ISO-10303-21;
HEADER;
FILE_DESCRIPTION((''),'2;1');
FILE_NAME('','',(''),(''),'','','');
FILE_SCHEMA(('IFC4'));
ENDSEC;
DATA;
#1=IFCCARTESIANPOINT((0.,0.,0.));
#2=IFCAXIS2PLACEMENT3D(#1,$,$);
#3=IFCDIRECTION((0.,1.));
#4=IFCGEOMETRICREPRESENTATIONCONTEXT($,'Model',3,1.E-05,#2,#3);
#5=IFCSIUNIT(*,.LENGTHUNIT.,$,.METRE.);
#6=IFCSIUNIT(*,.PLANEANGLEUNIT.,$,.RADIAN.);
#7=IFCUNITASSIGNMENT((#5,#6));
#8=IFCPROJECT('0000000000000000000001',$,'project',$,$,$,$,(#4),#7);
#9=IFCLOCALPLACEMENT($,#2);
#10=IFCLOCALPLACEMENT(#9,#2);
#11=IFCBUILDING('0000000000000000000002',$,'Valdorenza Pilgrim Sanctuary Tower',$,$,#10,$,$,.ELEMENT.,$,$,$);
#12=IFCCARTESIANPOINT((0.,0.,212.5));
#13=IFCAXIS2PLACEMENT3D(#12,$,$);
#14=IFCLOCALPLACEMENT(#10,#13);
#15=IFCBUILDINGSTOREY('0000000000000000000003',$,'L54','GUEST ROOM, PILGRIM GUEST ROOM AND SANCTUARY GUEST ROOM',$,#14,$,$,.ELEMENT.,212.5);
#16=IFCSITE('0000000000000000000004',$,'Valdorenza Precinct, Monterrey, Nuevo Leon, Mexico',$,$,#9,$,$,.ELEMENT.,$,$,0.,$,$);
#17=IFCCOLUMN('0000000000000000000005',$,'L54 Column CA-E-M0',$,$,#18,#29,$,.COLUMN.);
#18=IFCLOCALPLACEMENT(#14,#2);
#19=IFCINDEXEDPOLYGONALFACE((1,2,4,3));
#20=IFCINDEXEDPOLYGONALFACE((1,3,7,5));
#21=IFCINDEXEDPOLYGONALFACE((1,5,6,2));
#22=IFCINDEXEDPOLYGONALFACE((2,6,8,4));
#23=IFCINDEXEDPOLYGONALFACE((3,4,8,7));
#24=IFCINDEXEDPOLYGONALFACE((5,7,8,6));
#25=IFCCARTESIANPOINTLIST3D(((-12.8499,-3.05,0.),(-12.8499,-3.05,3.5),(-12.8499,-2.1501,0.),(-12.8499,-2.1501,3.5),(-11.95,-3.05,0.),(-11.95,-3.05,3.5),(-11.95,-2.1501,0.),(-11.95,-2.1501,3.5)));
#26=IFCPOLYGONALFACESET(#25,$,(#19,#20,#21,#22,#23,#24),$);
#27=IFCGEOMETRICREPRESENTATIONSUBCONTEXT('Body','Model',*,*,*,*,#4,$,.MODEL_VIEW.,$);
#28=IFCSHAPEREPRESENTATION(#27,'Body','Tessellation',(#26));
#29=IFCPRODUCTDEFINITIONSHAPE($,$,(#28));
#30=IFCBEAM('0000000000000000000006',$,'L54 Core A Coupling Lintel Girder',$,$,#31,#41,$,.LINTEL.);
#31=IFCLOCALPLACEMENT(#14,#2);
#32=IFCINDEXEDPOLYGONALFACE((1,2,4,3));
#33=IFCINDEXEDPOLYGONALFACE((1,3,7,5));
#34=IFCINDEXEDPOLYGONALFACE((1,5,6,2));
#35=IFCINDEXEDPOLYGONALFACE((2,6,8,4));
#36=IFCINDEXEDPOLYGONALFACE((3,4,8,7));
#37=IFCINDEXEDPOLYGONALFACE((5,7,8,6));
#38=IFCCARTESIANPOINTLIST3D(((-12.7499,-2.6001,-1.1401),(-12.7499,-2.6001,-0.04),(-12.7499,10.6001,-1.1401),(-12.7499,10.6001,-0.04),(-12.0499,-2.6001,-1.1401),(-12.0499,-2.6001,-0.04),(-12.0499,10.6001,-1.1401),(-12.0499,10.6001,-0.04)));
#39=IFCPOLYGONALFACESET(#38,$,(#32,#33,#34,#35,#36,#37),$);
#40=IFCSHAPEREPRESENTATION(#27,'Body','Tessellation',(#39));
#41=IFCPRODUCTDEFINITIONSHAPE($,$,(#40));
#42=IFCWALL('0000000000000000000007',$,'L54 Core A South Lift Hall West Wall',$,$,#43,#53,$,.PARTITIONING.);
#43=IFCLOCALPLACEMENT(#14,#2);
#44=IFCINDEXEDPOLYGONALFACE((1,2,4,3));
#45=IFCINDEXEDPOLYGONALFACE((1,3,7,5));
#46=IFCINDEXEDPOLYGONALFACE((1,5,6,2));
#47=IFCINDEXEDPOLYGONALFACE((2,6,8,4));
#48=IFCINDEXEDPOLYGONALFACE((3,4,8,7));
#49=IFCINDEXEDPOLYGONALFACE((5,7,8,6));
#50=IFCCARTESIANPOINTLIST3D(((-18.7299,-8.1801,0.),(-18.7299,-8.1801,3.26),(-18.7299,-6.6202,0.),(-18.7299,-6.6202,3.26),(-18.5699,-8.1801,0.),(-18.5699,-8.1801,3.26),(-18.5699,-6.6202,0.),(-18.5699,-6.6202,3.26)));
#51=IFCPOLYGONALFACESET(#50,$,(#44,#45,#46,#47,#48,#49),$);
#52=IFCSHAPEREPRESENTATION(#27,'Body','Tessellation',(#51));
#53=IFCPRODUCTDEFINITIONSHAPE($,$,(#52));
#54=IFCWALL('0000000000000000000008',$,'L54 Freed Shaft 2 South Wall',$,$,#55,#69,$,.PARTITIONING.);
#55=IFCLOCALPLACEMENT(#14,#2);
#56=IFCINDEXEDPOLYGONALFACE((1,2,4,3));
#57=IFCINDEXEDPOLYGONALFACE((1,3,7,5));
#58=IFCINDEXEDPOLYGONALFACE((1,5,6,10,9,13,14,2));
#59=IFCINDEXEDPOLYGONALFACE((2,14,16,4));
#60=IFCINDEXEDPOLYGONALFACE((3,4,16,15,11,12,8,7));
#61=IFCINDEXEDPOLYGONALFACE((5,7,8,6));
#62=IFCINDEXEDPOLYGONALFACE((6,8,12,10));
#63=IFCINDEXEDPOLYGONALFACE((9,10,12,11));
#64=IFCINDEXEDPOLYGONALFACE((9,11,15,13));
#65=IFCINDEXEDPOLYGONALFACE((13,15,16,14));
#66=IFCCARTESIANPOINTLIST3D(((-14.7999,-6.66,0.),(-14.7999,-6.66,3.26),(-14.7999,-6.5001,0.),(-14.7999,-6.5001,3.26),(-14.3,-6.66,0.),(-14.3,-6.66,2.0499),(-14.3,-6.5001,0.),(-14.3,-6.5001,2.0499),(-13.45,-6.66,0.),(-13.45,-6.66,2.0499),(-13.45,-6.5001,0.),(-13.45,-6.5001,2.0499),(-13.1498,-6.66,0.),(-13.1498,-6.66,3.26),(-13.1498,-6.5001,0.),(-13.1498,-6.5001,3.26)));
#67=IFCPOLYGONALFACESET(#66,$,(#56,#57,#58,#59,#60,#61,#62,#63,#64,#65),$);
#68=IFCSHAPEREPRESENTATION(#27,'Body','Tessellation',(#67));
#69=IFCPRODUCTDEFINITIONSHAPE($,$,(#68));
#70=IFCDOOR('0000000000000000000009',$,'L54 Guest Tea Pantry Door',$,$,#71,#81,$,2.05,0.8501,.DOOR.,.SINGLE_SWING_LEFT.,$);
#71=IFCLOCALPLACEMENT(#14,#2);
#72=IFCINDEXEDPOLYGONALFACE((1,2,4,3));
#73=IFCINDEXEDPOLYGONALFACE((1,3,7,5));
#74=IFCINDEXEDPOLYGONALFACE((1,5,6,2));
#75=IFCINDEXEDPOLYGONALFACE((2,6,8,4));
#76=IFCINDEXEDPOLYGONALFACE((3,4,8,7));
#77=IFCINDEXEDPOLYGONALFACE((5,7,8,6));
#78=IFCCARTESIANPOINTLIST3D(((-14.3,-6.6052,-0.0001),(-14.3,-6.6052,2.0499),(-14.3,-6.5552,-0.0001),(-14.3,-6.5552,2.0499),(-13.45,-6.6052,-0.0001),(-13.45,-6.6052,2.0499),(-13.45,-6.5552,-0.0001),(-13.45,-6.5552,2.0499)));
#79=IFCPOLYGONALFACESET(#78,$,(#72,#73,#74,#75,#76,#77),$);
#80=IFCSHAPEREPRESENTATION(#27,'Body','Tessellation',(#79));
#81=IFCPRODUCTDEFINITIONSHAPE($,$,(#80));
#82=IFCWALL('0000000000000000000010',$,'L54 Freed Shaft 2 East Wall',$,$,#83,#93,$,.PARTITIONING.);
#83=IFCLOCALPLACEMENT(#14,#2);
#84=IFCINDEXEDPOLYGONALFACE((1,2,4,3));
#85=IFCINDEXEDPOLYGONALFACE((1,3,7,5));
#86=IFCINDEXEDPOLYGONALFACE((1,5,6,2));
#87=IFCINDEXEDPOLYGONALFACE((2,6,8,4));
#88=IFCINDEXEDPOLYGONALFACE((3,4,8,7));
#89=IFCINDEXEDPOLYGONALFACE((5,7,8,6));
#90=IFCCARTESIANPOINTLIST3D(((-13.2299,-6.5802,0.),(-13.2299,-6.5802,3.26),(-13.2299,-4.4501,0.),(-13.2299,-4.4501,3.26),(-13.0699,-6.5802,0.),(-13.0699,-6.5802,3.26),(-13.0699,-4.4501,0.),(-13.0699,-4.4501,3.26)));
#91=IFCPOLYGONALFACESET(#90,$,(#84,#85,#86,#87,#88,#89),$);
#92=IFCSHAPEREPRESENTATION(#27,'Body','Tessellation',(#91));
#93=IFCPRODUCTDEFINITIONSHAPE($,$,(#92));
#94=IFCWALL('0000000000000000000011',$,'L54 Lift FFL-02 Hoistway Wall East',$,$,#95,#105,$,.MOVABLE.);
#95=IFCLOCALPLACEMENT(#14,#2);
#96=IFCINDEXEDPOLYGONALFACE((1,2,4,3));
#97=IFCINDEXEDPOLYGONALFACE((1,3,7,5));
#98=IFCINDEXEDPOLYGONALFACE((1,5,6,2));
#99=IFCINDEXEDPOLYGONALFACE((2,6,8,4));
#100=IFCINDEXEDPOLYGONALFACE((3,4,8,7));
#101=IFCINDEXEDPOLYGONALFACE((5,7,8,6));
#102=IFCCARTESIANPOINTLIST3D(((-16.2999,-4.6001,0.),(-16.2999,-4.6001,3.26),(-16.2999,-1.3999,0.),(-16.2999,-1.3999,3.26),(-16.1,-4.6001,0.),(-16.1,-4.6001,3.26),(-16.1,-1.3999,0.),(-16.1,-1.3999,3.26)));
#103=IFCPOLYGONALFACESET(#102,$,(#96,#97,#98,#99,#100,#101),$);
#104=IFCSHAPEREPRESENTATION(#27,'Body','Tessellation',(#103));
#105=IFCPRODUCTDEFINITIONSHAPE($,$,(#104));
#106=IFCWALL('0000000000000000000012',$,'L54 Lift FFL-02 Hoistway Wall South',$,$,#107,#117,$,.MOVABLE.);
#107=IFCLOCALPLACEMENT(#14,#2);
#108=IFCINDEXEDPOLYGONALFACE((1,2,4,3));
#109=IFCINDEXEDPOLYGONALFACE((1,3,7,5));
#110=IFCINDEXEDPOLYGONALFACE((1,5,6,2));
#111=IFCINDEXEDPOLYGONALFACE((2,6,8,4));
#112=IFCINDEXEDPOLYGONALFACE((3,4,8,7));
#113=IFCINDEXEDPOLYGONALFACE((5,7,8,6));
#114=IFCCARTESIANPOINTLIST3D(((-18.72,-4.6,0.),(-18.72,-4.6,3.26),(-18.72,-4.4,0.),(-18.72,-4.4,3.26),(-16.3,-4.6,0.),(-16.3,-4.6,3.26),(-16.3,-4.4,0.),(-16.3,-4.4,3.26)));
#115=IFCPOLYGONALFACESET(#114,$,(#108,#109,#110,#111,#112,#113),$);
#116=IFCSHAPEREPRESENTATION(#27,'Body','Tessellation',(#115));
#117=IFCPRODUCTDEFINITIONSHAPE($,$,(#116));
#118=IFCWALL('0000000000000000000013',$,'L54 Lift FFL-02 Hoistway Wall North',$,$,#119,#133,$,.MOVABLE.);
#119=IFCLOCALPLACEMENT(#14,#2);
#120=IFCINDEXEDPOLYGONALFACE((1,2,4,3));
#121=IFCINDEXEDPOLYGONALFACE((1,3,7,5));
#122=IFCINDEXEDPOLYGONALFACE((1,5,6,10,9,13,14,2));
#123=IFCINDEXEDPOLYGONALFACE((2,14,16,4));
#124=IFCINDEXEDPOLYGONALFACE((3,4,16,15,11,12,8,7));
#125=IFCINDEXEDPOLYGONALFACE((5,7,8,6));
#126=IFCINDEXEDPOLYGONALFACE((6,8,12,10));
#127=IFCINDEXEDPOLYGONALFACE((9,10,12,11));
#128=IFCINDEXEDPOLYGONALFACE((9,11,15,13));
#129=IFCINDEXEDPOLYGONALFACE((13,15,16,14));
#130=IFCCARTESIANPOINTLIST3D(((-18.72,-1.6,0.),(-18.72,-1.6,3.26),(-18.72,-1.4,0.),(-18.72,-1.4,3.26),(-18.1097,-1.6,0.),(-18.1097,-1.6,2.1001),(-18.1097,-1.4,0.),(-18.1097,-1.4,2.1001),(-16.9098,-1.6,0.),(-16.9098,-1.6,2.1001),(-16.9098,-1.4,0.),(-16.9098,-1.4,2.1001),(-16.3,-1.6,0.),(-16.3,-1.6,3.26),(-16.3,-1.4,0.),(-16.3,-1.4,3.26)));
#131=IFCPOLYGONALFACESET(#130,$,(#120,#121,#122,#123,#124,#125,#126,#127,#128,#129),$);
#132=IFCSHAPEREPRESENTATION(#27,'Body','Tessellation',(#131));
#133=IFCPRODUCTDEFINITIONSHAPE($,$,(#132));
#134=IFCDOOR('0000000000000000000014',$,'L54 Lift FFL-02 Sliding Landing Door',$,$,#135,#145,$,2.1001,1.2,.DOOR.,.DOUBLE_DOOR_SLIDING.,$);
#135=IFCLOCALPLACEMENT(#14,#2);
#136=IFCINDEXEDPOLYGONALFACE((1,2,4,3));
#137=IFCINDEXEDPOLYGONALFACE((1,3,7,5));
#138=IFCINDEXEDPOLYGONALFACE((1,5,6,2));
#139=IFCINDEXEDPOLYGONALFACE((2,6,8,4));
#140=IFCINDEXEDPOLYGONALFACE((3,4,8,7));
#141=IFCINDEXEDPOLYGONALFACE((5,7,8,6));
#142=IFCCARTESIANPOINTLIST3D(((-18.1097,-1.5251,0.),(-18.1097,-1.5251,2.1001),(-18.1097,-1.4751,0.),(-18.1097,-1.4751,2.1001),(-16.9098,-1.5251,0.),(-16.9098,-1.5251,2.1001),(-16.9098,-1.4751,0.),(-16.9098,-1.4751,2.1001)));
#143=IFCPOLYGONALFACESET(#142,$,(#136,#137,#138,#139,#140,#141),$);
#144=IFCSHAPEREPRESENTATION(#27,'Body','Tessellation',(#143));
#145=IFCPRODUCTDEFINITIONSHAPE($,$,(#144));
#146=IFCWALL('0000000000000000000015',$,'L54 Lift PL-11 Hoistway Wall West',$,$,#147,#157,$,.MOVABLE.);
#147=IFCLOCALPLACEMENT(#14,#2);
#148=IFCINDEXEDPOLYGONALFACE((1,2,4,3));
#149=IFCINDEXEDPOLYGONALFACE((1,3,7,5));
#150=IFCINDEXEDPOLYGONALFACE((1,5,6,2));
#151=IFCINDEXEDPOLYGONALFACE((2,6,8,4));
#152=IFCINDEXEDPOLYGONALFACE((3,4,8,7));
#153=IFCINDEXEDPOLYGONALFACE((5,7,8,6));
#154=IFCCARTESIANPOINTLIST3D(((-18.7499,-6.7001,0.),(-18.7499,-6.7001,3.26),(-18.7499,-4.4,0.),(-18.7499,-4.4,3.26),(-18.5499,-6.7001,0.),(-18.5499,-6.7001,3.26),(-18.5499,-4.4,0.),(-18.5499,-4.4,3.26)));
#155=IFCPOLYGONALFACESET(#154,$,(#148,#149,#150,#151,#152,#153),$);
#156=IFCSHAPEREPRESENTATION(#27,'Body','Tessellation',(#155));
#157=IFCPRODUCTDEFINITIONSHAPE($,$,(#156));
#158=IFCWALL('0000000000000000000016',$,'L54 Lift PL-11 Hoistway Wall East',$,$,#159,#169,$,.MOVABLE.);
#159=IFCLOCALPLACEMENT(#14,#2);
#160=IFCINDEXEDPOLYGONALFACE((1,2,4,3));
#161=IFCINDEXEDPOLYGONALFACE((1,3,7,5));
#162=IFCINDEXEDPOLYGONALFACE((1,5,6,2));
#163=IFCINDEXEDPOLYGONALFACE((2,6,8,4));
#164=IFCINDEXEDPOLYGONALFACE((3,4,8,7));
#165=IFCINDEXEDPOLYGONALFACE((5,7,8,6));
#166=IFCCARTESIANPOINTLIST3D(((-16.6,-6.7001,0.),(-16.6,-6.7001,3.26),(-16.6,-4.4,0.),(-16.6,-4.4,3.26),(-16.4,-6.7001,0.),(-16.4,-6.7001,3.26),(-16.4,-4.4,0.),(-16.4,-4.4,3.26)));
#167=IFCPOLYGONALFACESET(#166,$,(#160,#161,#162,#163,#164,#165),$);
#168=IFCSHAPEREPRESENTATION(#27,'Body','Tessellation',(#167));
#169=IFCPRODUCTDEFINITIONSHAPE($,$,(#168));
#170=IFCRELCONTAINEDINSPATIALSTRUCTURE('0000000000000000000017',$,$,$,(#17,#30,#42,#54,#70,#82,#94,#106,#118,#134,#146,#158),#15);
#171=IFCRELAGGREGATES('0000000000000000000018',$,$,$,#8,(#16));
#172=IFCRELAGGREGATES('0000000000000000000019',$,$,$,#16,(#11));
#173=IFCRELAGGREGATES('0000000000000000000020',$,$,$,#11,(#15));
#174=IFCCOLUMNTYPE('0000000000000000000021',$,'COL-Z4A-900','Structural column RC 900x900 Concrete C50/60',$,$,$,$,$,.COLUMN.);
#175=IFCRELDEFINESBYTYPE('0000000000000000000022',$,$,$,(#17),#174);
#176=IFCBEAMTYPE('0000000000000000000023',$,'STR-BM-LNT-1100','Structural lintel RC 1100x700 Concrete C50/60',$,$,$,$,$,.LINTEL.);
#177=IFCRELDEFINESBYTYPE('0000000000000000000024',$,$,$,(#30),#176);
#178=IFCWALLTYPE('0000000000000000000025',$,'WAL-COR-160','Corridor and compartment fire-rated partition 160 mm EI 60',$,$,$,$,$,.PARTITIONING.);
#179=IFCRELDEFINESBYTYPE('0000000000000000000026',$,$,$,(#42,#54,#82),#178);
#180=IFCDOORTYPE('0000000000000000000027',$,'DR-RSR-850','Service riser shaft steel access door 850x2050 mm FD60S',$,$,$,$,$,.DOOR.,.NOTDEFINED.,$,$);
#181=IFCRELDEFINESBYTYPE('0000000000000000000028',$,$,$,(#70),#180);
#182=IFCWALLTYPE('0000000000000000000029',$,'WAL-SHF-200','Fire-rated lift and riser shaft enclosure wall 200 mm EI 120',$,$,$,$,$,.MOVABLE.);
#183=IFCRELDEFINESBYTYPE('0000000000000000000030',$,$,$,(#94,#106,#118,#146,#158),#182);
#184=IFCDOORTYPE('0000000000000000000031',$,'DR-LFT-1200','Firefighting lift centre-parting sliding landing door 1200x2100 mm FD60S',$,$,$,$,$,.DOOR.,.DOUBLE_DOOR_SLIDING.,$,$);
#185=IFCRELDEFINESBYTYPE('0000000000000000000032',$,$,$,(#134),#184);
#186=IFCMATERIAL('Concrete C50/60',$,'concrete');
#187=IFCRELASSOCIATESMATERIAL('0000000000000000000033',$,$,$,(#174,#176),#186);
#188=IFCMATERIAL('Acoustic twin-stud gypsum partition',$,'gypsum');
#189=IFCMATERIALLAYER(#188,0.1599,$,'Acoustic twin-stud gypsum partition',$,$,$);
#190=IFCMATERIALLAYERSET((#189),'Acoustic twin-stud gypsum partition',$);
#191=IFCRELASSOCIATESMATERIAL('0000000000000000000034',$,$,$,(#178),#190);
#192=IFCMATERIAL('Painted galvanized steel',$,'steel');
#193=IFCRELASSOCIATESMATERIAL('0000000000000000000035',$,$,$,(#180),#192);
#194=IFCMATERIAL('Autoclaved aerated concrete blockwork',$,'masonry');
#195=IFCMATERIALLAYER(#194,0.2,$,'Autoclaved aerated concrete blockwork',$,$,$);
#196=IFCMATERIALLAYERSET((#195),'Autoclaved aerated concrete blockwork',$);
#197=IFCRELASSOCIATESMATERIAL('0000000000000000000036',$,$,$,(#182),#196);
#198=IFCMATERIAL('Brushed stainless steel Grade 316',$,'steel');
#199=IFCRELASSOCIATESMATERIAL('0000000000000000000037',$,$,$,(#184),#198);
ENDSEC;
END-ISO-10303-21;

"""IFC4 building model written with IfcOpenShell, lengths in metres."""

from ifc_helpers import new_model, si_unit, direction, frame, frame_2d, origin, origin_2d, place, context, subcontext, project, spatial, rectangle, extrude, source, transform, mapped, material, layer, layer_set, material_profile, profile_set, type_object, element, fill, save


model = new_model("IFC4")

# Units and contexts
model_context = context("Model", 3, precision=1e-05, world=origin(), true_north=direction((0.0, 1.0)))
body_context = subcontext(model_context, "Body", "Model", "MODEL_VIEW")
ifc_project = project(units=[si_unit("LENGTHUNIT", "METRE"), si_unit("PLANEANGLEUNIT", "RADIAN")], contexts=[model_context])

# Site, building, storey
site_placement = place(None, origin())
site = spatial("IfcSite", under=ifc_project, at=site_placement, Name="Valdorenza Precinct, Monterrey, Nuevo Leon, Mexico", CompositionType="ELEMENT", RefElevation=0.0)
building_placement = place(site_placement, origin())
building = spatial("IfcBuilding", under=site, at=building_placement, Name="Valdorenza Pilgrim Sanctuary Tower", CompositionType="ELEMENT")
storey_placement = place(building_placement, frame((0.0, 0.0, 212.5)))
storey = spatial("IfcBuildingStorey", under=building, at=storey_placement, Name="L54", Description="GUEST ROOM, PILGRIM GUEST ROOM AND SANCTUARY GUEST ROOM", CompositionType="ELEMENT", Elevation=212.5)

# Column
ifc_material_1 = material(Name="Concrete C50/60", Category="concrete")
ifc_material_profile_1 = material_profile(ifc_material_1, rectangle(XDim=0.8999, YDim=0.8999, at=origin_2d()), Name="RC 900x900")
ifc_profile_set_1 = profile_set([ifc_material_profile_1], Name="Concrete C50/60")
column_type = type_object("IfcColumnType", Name="COL-Z4A-900", Description="Structural column RC 900x900 Concrete C50/60", PredefinedType="COLUMN", material=ifc_profile_set_1)
shared_shape_1 = source(origin(), body_context, "Body", "SweptSolid", [
    extrude(rectangle(XDim=0.8999, YDim=0.8999, at=origin_2d()), origin(), (0.0, 0.0, 1.0), 3.5),
])
column_placement = place(storey_placement, frame((-12.3999, -2.6001, 0.0), z_axis=(0.0, 0.0, 1.0), x_axis=(1.0, 0.0, 0.0)))
element("IfcColumn", 1, at=column_placement, inside=storey, type_object=column_type, Name="L54 Column CA-E-M0", PredefinedType="COLUMN", context=body_context, shape_type="MappedRepresentation", body=[
    mapped(shared_shape_1, transform((0.0, 0.0, 0.0), x_axis=(1.0, 0.0, 0.0), y_axis=(0.0, 1.0, 0.0), z_axis=(0.0, 0.0, 1.0), scale=1.0)),
])

# Beam
ifc_material_profile_2 = material_profile(ifc_material_1, rectangle(XDim=0.7, YDim=1.1001, at=origin_2d()), Name="RC 1100x700")
ifc_profile_set_2 = profile_set([ifc_material_profile_2], Name="Concrete C50/60")
beam_type = type_object("IfcBeamType", Name="STR-BM-LNT-1100", Description="Structural lintel RC 1100x700 Concrete C50/60", PredefinedType="LINTEL", material=ifc_profile_set_2)
shared_shape_2 = source(origin(), body_context, "Body", "SweptSolid", [
    extrude(rectangle(XDim=0.7, YDim=1.1001, at=origin_2d()), origin(), (0.0, 0.0, 1.0), 13.2002),
])
beam_placement = place(storey_placement, frame((-12.3999, -2.6001, -0.5901), z_axis=(0.0, 1.0, 0.0), x_axis=(-1.0, 0.0, 0.0)))
element("IfcBeam", 2, at=beam_placement, inside=storey, type_object=beam_type, Name="L54 Core A Coupling Lintel Girder", PredefinedType="LINTEL", context=body_context, shape_type="MappedRepresentation", body=[
    mapped(shared_shape_2, transform((0.0, 0.0, 0.0), x_axis=(1.0, 0.0, 0.0), y_axis=(0.0, 1.0, 0.0), z_axis=(0.0, 0.0, 1.0), scale=1.0)),
])

# Wall
ifc_material_2 = material(Name="Acoustic twin-stud gypsum partition", Category="gypsum")
ifc_layer_1 = layer(ifc_material_2, 0.1599, Name="Acoustic twin-stud gypsum partition")
ifc_layer_set_1 = layer_set([ifc_layer_1], Name="Acoustic twin-stud gypsum partition")
wall_type_1 = type_object("IfcWallType", Name="WAL-COR-160", Description="Corridor and compartment fire-rated partition 160 mm EI 60", PredefinedType="PARTITIONING", material=ifc_layer_set_1)
wall_1_placement = place(storey_placement, frame((-18.6499, -8.1799, 0.0), z_axis=(0.0, 0.0, 1.0), x_axis=(0.0, 1.0, 0.0)))
element("IfcWall", 3, at=wall_1_placement, inside=storey, type_object=wall_type_1, Name="L54 Core A South Lift Hall West Wall", PredefinedType="PARTITIONING", context=body_context, shape_type="SweptSolid", body=[
    extrude(rectangle(XDim=1.5598, YDim=0.1599, at=frame_2d((0.7798, 0.0))), origin(), (0.0, 0.0, 1.0), 3.26),
])

# Wall, opening, door
wall_2_placement = place(storey_placement, frame((-14.8, -6.5801, 0.0), z_axis=(0.0, 0.0, 1.0), x_axis=(1.0, 0.0, 0.0)))
wall_2 = element("IfcWall", 4, at=wall_2_placement, inside=storey, type_object=wall_type_1, Name="L54 Freed Shaft 2 South Wall", PredefinedType="PARTITIONING", context=body_context, shape_type="SweptSolid", body=[
    extrude(rectangle(XDim=1.6501, YDim=0.1599, at=frame_2d((0.8252, 0.0))), origin(), (0.0, 0.0, 1.0), 3.26),
])
opening_1_placement = place(wall_2_placement, frame((0.5, 0.0, 0.0)))
opening_1 = element("IfcOpeningElement", 5, at=opening_1_placement, cuts=wall_2, PredefinedType="OPENING", context=body_context, shape_type="SweptSolid", body=[
    extrude(rectangle(XDim=0.8501, YDim=2.05, at=frame_2d((0.425, 1.0249))), frame((0.0, 0.0947, 0.0), z_axis=(0.0, -1.0, 0.0), x_axis=(1.0, 0.0, 0.0)), (0.0, 0.0, 1.0), 0.1897),
])
ifc_material_3 = material(Name="Painted galvanized steel", Category="steel")
door_type_1 = type_object("IfcDoorType", Name="DR-RSR-850", Description="Service riser shaft steel access door 850x2050 mm FD60S", OperationType="NOTDEFINED", PredefinedType="DOOR", material=ifc_material_3)
door_1_placement = place(opening_1_placement, origin())
door_1 = element("IfcDoor", 6, at=door_1_placement, inside=storey, type_object=door_type_1, Name="L54 Guest Tea Pantry Door", OperationType="SINGLE_SWING_LEFT", OverallHeight=2.05, OverallWidth=0.8501, PredefinedType="DOOR", context=body_context, shape_type="SweptSolid", body=[
    extrude(rectangle(XDim=0.8501, YDim=2.05, at=frame_2d((0.425, 1.0249))), frame((0.0, 0.0249, 0.0), z_axis=(0.0, -1.0, 0.0), x_axis=(1.0, 0.0, 0.0)), (0.0, 0.0, 1.0), 0.05),
])
fill(opening_1, door_1)

# Wall
wall_3_placement = place(storey_placement, frame((-13.1499, -6.5801, 0.0), z_axis=(0.0, 0.0, 1.0), x_axis=(0.0, 1.0, 0.0)))
element("IfcWall", 7, at=wall_3_placement, inside=storey, type_object=wall_type_1, Name="L54 Freed Shaft 2 East Wall", PredefinedType="PARTITIONING", context=body_context, shape_type="SweptSolid", body=[
    extrude(rectangle(XDim=2.1301, YDim=0.1599, at=frame_2d((1.0649, 0.0))), origin(), (0.0, 0.0, 1.0), 3.26),
])

# Walls
ifc_material_4 = material(Name="Autoclaved aerated concrete blockwork", Category="masonry")
ifc_layer_2 = layer(ifc_material_4, 0.2, Name="Autoclaved aerated concrete blockwork")
ifc_layer_set_2 = layer_set([ifc_layer_2], Name="Autoclaved aerated concrete blockwork")
wall_type_2 = type_object("IfcWallType", Name="WAL-SHF-200", Description="Fire-rated lift and riser shaft enclosure wall 200 mm EI 120", PredefinedType="MOVABLE", material=ifc_layer_set_2)
wall_4_placement = place(storey_placement, frame((-16.2, -4.6001, 0.0), z_axis=(0.0, 0.0, 1.0), x_axis=(0.0, 1.0, 0.0)))
element("IfcWall", 8, at=wall_4_placement, inside=storey, type_object=wall_type_2, Name="L54 Lift FFL-02 Hoistway Wall East", PredefinedType="MOVABLE", context=body_context, shape_type="SweptSolid", body=[
    extrude(rectangle(XDim=3.2002, YDim=0.2, at=frame_2d((1.6001, 0.0))), origin(), (0.0, 0.0, 1.0), 3.26),
])
wall_5_placement = place(storey_placement, frame((-18.72, -4.5, 0.0), z_axis=(0.0, 0.0, 1.0), x_axis=(1.0, 0.0, 0.0)))
element("IfcWall", 9, at=wall_5_placement, inside=storey, type_object=wall_type_2, Name="L54 Lift FFL-02 Hoistway Wall South", PredefinedType="MOVABLE", context=body_context, shape_type="SweptSolid", body=[
    extrude(rectangle(XDim=2.4199, YDim=0.2, at=frame_2d((1.21, 0.0))), origin(), (0.0, 0.0, 1.0), 3.26),
])

# Wall, opening, door
wall_6_placement = place(storey_placement, frame((-18.72, -1.5, 0.0), z_axis=(0.0, 0.0, 1.0), x_axis=(1.0, 0.0, 0.0)))
wall_6 = element("IfcWall", 10, at=wall_6_placement, inside=storey, type_object=wall_type_2, Name="L54 Lift FFL-02 Hoistway Wall North", PredefinedType="MOVABLE", context=body_context, shape_type="SweptSolid", body=[
    extrude(rectangle(XDim=2.4199, YDim=0.2, at=frame_2d((1.21, 0.0))), origin(), (0.0, 0.0, 1.0), 3.26),
])
opening_2_placement = place(wall_6_placement, frame((0.6101, 0.0, 0.0)))
opening_2 = element("IfcOpeningElement", 11, at=opening_2_placement, cuts=wall_6, PredefinedType="OPENING", context=body_context, shape_type="SweptSolid", body=[
    extrude(rectangle(XDim=1.2, YDim=2.1001, at=frame_2d((0.6001, 1.05))), frame((0.0, 0.1147, 0.0), z_axis=(0.0, -1.0, 0.0), x_axis=(1.0, 0.0, 0.0)), (0.0, 0.0, 1.0), 0.2297),
])
ifc_material_5 = material(Name="Brushed stainless steel Grade 316", Category="steel")
door_type_2 = type_object("IfcDoorType", Name="DR-LFT-1200", Description="Firefighting lift centre-parting sliding landing door 1200x2100 mm FD60S", OperationType="DOUBLE_DOOR_SLIDING", PredefinedType="DOOR", material=ifc_material_5)
door_2_placement = place(opening_2_placement, origin())
door_2 = element("IfcDoor", 12, at=door_2_placement, inside=storey, type_object=door_type_2, Name="L54 Lift FFL-02 Sliding Landing Door", OperationType="DOUBLE_DOOR_SLIDING", OverallHeight=2.1001, OverallWidth=1.2, PredefinedType="DOOR", context=body_context, shape_type="SweptSolid", body=[
    extrude(rectangle(XDim=1.2, YDim=2.1001, at=frame_2d((0.6001, 1.05))), frame((0.0, 0.0249, 0.0), z_axis=(0.0, -1.0, 0.0), x_axis=(1.0, 0.0, 0.0)), (0.0, 0.0, 1.0), 0.05),
])
fill(opening_2, door_2)

# Walls
for number, where, z_axis, x_axis, name in (
    (13, (-18.6499, -6.7, 0.0), (0.0, 0.0, 1.0), (0.0, 1.0, 0.0), "L54 Lift PL-11 Hoistway Wall West"),
    (14, (-16.5, -6.7, 0.0), (0.0, 0.0, 1.0), (0.0, 1.0, 0.0), "L54 Lift PL-11 Hoistway Wall East"),
):
    element("IfcWall", number, at=place(storey_placement, frame(where, z_axis=z_axis, x_axis=x_axis)), inside=storey, type_object=wall_type_2, Name=name, PredefinedType="MOVABLE", context=body_context, shape_type="SweptSolid", body=[
        extrude(rectangle(XDim=2.3, YDim=0.2, at=frame_2d((1.1499, 0.0))), origin(), (0.0, 0.0, 1.0), 3.26),
    ])

save(model, "model.ifc")
